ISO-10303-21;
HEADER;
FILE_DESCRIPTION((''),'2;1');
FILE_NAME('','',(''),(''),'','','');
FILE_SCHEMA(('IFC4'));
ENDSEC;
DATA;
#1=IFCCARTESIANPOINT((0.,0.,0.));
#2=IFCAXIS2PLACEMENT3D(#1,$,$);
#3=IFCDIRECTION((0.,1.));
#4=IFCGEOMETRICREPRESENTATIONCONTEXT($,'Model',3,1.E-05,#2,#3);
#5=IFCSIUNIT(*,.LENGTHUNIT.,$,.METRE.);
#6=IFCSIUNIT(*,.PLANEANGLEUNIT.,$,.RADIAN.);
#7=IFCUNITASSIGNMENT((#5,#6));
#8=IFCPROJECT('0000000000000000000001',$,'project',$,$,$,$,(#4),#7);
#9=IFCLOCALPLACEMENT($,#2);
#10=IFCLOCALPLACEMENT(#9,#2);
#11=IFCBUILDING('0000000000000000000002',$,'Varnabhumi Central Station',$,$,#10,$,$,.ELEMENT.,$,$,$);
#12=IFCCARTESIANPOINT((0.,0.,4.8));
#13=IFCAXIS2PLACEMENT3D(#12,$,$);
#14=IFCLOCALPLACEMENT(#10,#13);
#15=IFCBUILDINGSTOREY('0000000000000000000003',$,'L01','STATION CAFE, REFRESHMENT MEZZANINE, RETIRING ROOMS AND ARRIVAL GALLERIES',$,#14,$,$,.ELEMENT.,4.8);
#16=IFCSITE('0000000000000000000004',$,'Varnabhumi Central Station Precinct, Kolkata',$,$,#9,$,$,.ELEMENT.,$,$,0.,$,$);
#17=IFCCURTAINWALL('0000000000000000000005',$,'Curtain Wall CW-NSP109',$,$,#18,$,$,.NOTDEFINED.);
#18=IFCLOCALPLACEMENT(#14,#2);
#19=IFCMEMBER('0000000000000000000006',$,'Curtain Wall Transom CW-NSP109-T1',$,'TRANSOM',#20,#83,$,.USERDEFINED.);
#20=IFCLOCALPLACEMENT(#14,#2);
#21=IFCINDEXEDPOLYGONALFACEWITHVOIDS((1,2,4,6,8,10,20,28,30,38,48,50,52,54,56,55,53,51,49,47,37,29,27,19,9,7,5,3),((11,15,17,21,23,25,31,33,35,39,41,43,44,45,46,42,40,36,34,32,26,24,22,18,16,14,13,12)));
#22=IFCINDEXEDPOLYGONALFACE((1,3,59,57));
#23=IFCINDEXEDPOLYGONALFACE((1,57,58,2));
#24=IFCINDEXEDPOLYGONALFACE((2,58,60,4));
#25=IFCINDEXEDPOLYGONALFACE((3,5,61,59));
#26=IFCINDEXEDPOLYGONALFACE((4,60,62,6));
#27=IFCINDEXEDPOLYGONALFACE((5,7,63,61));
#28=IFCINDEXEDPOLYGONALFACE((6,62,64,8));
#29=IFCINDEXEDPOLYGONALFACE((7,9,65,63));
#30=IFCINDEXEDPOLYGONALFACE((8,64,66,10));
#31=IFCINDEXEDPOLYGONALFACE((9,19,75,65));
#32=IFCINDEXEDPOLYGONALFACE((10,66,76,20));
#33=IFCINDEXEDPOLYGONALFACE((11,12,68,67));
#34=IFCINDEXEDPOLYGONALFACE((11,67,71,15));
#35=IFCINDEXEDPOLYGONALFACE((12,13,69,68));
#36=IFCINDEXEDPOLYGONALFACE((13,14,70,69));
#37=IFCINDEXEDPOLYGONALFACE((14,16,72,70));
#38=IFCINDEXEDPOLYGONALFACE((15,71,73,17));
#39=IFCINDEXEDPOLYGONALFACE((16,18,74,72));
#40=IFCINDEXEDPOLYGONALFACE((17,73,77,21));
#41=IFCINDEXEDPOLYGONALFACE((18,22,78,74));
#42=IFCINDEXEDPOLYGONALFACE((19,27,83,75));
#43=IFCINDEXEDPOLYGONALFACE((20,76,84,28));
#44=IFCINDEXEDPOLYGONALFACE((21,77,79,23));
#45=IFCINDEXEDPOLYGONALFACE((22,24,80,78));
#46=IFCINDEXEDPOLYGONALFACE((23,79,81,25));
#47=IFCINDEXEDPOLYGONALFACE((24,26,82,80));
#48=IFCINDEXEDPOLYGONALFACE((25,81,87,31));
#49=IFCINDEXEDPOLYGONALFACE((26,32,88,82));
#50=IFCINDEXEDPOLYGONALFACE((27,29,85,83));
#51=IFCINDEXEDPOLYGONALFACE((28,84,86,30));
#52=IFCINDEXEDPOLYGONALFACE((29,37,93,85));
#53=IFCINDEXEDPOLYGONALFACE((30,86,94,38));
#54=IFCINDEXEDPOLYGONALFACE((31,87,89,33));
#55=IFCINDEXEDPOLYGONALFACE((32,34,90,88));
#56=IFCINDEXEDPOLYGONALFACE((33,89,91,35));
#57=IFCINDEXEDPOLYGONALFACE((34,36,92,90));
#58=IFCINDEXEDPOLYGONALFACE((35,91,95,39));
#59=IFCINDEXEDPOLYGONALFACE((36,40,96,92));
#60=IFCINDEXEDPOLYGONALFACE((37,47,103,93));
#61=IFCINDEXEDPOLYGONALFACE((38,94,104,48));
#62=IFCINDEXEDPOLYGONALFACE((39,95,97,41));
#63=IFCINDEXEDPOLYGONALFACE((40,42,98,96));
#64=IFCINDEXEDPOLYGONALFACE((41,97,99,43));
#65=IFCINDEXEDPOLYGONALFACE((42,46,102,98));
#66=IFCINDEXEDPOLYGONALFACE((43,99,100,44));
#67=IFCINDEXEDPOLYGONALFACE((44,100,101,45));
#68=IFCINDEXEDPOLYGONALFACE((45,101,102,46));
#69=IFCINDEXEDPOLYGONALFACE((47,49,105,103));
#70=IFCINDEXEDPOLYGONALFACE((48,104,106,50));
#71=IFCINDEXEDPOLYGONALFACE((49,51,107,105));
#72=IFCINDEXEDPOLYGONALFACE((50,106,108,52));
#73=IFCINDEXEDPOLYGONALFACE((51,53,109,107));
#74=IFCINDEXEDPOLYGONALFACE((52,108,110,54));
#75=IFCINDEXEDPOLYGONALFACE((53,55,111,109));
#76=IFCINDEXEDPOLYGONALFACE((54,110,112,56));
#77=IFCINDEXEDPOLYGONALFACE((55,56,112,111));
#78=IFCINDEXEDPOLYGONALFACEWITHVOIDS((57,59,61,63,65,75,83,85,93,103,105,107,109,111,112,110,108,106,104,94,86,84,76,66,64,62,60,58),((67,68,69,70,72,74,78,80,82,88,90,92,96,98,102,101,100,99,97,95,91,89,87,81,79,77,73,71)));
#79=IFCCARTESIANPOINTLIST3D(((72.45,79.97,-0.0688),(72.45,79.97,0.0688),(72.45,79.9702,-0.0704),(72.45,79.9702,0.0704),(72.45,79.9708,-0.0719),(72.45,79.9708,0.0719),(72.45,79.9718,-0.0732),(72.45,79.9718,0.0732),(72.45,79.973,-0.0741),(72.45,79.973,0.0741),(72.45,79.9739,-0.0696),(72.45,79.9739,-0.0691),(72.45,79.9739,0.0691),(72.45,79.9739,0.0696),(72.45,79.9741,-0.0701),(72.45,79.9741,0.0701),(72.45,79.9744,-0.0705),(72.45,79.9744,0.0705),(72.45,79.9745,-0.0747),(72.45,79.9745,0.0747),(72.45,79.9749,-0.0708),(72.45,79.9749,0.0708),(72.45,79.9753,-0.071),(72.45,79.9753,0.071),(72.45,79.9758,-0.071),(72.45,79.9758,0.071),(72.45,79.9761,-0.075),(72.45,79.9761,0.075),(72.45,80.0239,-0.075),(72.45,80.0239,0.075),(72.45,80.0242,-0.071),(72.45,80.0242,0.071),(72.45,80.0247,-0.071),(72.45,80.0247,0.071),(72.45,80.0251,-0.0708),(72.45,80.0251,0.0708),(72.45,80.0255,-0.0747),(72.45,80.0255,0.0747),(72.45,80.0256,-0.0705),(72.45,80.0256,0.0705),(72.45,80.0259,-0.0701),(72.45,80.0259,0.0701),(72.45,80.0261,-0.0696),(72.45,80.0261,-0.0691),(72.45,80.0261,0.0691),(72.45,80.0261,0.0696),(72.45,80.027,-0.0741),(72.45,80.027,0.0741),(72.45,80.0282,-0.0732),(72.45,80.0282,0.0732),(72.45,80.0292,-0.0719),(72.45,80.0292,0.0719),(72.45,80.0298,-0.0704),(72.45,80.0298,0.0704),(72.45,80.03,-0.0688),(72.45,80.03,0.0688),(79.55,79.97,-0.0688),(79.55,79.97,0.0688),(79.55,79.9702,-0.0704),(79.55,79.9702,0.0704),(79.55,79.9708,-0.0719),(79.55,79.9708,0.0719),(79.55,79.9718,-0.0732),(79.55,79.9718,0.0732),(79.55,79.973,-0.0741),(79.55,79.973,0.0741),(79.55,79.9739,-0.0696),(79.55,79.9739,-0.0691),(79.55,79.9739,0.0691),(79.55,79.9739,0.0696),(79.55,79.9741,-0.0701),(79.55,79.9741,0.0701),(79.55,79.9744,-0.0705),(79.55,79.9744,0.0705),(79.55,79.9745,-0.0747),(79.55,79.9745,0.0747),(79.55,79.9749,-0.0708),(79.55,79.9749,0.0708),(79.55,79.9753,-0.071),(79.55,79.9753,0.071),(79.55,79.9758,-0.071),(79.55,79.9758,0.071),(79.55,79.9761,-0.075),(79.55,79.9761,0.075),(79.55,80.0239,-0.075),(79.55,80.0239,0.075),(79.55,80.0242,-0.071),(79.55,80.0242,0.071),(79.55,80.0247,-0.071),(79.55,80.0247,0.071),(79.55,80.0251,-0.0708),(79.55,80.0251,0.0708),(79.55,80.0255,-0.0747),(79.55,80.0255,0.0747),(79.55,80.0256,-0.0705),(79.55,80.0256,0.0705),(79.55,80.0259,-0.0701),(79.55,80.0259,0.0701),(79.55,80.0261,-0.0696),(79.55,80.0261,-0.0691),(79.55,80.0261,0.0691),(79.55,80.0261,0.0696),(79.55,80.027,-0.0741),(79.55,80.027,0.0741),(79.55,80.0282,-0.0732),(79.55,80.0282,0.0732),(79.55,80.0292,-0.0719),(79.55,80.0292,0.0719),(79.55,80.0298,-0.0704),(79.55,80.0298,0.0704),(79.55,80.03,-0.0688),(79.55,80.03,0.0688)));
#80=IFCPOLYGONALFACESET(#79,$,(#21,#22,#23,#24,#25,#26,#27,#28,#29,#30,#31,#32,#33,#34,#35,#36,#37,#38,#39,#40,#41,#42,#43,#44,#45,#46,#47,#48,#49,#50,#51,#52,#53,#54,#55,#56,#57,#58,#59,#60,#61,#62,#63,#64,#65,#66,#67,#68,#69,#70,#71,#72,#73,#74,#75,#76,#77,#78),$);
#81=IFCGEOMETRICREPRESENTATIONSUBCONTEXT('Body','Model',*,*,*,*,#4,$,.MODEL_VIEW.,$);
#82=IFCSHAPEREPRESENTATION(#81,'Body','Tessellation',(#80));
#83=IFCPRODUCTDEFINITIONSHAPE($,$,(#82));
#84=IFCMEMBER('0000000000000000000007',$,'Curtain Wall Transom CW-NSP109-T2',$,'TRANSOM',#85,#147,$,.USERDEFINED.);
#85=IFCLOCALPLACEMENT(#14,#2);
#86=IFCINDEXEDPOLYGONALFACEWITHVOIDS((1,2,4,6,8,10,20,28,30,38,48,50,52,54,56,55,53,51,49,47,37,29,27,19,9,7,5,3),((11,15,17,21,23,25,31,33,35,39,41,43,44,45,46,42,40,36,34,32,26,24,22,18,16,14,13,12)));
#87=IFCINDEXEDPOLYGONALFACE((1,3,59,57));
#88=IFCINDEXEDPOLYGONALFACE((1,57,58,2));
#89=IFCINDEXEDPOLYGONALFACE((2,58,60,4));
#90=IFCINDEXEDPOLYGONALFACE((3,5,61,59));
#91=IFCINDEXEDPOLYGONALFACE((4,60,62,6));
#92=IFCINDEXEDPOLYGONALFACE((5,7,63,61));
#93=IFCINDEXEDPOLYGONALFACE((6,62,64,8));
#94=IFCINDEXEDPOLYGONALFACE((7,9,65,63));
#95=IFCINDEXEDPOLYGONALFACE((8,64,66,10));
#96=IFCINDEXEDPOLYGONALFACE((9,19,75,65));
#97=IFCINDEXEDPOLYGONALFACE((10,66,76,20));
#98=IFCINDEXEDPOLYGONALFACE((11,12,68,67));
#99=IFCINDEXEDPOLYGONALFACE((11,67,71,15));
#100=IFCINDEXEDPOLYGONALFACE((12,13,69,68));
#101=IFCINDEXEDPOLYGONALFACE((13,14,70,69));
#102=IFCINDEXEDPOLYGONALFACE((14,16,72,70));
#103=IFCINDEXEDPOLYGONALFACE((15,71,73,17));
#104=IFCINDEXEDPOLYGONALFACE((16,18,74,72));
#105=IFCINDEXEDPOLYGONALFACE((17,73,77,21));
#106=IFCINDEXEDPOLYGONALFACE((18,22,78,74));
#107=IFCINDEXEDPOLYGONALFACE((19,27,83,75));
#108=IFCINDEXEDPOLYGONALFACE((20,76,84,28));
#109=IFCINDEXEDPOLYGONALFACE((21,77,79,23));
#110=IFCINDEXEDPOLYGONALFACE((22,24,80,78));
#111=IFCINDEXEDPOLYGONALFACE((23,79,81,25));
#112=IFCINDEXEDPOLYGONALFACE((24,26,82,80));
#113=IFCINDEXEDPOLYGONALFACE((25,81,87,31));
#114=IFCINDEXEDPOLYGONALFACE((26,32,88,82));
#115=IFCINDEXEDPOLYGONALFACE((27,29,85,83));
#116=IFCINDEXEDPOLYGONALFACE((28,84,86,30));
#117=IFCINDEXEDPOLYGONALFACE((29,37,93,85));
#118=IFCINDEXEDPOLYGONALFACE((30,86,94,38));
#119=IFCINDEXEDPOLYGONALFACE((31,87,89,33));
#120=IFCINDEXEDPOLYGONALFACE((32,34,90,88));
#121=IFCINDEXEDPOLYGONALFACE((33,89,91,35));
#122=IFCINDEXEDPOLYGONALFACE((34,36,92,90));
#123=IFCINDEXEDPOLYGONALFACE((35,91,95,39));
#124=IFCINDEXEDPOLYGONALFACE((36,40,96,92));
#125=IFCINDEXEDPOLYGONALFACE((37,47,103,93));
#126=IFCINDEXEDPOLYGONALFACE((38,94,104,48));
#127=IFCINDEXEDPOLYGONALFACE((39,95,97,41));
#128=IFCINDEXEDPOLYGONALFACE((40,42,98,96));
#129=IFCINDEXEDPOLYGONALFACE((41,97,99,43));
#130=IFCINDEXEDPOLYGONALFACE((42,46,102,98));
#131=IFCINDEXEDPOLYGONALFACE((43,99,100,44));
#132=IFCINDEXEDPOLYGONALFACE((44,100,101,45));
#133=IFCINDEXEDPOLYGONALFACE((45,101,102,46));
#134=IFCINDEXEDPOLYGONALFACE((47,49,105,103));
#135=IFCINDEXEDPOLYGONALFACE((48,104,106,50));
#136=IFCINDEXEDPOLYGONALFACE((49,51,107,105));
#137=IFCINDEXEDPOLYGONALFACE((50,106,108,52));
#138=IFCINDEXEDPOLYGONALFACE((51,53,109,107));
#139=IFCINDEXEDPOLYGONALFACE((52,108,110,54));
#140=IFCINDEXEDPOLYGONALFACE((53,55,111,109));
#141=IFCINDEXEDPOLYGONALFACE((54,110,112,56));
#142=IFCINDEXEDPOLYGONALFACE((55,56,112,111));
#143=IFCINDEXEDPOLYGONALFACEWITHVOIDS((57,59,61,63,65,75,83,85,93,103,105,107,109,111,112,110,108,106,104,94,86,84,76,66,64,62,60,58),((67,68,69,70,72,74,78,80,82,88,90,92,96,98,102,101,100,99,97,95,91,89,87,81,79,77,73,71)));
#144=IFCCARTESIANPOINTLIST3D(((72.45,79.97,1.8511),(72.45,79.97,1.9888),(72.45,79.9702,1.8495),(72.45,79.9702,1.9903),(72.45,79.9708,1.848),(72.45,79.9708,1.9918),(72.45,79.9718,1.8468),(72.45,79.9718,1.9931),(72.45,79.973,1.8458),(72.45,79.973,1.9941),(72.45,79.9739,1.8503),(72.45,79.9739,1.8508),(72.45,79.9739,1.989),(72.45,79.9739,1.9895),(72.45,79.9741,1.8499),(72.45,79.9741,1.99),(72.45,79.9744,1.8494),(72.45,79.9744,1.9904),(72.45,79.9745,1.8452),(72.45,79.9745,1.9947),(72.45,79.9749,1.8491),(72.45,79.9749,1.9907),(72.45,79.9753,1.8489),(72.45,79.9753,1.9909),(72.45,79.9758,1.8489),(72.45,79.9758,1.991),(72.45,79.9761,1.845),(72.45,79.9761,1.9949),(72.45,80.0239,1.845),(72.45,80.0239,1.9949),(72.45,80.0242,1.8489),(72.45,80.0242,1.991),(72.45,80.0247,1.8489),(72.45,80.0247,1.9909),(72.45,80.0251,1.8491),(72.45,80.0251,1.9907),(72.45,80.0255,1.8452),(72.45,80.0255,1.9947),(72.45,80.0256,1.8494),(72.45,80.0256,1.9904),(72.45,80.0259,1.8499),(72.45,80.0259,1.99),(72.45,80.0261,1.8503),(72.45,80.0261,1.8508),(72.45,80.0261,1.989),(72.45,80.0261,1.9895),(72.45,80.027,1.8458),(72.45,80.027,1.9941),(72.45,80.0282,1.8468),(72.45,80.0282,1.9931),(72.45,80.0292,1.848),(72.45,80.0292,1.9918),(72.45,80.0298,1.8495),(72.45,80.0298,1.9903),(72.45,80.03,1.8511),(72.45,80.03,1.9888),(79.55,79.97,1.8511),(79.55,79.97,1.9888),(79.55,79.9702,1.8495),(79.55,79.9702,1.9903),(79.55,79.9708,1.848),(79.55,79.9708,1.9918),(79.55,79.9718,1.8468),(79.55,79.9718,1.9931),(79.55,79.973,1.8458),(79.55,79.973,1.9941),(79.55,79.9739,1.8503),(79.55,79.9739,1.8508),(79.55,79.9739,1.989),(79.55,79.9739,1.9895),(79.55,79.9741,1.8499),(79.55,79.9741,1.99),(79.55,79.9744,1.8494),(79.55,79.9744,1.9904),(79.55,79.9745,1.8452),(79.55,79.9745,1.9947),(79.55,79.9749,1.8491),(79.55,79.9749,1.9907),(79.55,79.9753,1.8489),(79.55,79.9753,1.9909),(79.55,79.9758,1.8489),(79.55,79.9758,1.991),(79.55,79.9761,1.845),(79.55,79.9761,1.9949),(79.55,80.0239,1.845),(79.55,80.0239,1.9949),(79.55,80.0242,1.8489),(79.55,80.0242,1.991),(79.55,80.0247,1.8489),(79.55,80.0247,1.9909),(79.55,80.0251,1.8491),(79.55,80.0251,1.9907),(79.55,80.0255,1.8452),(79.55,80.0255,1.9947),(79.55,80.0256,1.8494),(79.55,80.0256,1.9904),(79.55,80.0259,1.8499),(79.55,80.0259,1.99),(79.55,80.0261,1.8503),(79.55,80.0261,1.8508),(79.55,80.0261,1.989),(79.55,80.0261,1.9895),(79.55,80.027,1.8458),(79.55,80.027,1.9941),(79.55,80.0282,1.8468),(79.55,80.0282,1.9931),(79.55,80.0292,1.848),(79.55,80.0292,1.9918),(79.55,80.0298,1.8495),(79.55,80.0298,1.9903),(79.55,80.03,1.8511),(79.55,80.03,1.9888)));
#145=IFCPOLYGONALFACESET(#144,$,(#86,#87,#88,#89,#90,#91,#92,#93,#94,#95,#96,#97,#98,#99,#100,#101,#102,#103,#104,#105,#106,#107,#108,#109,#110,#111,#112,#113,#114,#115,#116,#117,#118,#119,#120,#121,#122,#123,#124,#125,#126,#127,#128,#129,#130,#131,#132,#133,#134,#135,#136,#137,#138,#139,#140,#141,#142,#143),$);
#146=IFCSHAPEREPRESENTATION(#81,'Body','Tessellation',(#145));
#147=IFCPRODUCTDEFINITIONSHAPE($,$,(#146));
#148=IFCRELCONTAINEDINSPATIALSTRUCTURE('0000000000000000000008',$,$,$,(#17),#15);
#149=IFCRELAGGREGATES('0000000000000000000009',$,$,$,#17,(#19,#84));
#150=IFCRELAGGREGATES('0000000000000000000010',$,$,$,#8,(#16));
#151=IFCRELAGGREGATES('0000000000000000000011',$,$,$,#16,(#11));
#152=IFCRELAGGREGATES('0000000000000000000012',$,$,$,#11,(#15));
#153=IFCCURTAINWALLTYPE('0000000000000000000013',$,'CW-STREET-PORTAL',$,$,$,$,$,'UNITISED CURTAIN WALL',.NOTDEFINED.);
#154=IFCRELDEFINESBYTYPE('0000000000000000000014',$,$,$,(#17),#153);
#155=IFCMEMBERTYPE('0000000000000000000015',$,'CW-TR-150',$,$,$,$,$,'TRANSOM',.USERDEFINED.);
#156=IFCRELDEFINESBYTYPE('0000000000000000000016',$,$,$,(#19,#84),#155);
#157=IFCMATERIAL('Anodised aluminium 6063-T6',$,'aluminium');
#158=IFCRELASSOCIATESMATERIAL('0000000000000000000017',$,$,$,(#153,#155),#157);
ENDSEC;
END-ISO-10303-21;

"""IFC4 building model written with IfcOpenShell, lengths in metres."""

from ifc_helpers import new_model, si_unit, direction, frame, origin, origin_2d, place, context, subcontext, project, spatial, hollow_rectangle, extrude, material, material_profile, profile_set, type_object, element, aggregate, save


model = new_model("IFC4")

# Units and contexts
model_context = context("Model", 3, precision=1e-05, world=origin(), true_north=direction((0.0, 1.0)))
body_context = subcontext(model_context, "Body", "Model", "MODEL_VIEW")
ifc_project = project(units=[si_unit("LENGTHUNIT", "METRE"), si_unit("PLANEANGLEUNIT", "RADIAN")], contexts=[model_context])

# Site, building, storey
site_placement = place(None, origin())
site = spatial("IfcSite", under=ifc_project, at=site_placement, Name="Varnabhumi Central Station Precinct, Kolkata", CompositionType="ELEMENT", RefElevation=0.0)
building_placement = place(site_placement, origin())
building = spatial("IfcBuilding", under=site, at=building_placement, Name="Varnabhumi Central Station", CompositionType="ELEMENT")
storey_placement = place(building_placement, frame((0.0, 0.0, 4.8)))
storey = spatial("IfcBuildingStorey", under=building, at=storey_placement, Name="L01", Description="STATION CAFE, REFRESHMENT MEZZANINE, RETIRING ROOMS AND ARRIVAL GALLERIES", CompositionType="ELEMENT", Elevation=4.8)

# Curtain wall
ifc_material_1 = material(Name="Anodised aluminium 6063-T6", Category="aluminium")
curtain_wall_type_1 = type_object("IfcCurtainWallType", Name="CW-STREET-PORTAL", ElementType="UNITISED CURTAIN WALL", PredefinedType="NOTDEFINED", material=ifc_material_1)
curtain_wall_1_placement = place(storey_placement, origin())
curtain_wall_1 = element("IfcCurtainWall", 1, at=curtain_wall_1_placement, inside=storey, type_object=curtain_wall_type_1, Name="Curtain Wall CW-NSP109", PredefinedType="NOTDEFINED")

# Members
ifc_material_profile_1 = material_profile(ifc_material_1, hollow_rectangle(XDim=0.0601, YDim=0.1499, WallThickness=0.0039, InnerFilletRadius=0.002, OuterFilletRadius=0.0061, at=origin_2d()), Name="Anodised aluminium 6063-T6", Category="aluminium")
ifc_profile_set_1 = profile_set([ifc_material_profile_1], Name="Anodised aluminium 6063-T6")
member_type_1 = type_object("IfcMemberType", Name="CW-TR-150", ElementType="TRANSOM", PredefinedType="USERDEFINED", material=ifc_profile_set_1)
member_1_placement = place(storey_placement, frame((72.45, 80.0, 0.0), z_axis=(1.0, 0.0, 0.0), x_axis=(0.0, 1.0, 0.0)))
member_1 = element("IfcMember", 2, at=member_1_placement, type_object=member_type_1, Name="Curtain Wall Transom CW-NSP109-T1", ObjectType="TRANSOM", PredefinedType="USERDEFINED", context=body_context, shape_type="SweptSolid", body=[
    extrude(hollow_rectangle(XDim=0.0601, YDim=0.1499, WallThickness=0.0039, InnerFilletRadius=0.002, OuterFilletRadius=0.0061, at=origin_2d()), origin(), (0.0, 0.0, 1.0), 7.1001),
])
member_2_placement = place(storey_placement, frame((72.45, 80.0, 1.9199), z_axis=(1.0, 0.0, 0.0), x_axis=(0.0, 1.0, 0.0)))
member_2 = element("IfcMember", 3, at=member_2_placement, type_object=member_type_1, Name="Curtain Wall Transom CW-NSP109-T2", ObjectType="TRANSOM", PredefinedType="USERDEFINED", context=body_context, shape_type="SweptSolid", body=[
    extrude(hollow_rectangle(XDim=0.0601, YDim=0.1499, WallThickness=0.0039, InnerFilletRadius=0.002, OuterFilletRadius=0.0061, at=origin_2d()), origin(), (0.0, 0.0, 1.0), 7.1001),
])

aggregate(curtain_wall_1, [member_1, member_2])

save(model, "model.ifc")
